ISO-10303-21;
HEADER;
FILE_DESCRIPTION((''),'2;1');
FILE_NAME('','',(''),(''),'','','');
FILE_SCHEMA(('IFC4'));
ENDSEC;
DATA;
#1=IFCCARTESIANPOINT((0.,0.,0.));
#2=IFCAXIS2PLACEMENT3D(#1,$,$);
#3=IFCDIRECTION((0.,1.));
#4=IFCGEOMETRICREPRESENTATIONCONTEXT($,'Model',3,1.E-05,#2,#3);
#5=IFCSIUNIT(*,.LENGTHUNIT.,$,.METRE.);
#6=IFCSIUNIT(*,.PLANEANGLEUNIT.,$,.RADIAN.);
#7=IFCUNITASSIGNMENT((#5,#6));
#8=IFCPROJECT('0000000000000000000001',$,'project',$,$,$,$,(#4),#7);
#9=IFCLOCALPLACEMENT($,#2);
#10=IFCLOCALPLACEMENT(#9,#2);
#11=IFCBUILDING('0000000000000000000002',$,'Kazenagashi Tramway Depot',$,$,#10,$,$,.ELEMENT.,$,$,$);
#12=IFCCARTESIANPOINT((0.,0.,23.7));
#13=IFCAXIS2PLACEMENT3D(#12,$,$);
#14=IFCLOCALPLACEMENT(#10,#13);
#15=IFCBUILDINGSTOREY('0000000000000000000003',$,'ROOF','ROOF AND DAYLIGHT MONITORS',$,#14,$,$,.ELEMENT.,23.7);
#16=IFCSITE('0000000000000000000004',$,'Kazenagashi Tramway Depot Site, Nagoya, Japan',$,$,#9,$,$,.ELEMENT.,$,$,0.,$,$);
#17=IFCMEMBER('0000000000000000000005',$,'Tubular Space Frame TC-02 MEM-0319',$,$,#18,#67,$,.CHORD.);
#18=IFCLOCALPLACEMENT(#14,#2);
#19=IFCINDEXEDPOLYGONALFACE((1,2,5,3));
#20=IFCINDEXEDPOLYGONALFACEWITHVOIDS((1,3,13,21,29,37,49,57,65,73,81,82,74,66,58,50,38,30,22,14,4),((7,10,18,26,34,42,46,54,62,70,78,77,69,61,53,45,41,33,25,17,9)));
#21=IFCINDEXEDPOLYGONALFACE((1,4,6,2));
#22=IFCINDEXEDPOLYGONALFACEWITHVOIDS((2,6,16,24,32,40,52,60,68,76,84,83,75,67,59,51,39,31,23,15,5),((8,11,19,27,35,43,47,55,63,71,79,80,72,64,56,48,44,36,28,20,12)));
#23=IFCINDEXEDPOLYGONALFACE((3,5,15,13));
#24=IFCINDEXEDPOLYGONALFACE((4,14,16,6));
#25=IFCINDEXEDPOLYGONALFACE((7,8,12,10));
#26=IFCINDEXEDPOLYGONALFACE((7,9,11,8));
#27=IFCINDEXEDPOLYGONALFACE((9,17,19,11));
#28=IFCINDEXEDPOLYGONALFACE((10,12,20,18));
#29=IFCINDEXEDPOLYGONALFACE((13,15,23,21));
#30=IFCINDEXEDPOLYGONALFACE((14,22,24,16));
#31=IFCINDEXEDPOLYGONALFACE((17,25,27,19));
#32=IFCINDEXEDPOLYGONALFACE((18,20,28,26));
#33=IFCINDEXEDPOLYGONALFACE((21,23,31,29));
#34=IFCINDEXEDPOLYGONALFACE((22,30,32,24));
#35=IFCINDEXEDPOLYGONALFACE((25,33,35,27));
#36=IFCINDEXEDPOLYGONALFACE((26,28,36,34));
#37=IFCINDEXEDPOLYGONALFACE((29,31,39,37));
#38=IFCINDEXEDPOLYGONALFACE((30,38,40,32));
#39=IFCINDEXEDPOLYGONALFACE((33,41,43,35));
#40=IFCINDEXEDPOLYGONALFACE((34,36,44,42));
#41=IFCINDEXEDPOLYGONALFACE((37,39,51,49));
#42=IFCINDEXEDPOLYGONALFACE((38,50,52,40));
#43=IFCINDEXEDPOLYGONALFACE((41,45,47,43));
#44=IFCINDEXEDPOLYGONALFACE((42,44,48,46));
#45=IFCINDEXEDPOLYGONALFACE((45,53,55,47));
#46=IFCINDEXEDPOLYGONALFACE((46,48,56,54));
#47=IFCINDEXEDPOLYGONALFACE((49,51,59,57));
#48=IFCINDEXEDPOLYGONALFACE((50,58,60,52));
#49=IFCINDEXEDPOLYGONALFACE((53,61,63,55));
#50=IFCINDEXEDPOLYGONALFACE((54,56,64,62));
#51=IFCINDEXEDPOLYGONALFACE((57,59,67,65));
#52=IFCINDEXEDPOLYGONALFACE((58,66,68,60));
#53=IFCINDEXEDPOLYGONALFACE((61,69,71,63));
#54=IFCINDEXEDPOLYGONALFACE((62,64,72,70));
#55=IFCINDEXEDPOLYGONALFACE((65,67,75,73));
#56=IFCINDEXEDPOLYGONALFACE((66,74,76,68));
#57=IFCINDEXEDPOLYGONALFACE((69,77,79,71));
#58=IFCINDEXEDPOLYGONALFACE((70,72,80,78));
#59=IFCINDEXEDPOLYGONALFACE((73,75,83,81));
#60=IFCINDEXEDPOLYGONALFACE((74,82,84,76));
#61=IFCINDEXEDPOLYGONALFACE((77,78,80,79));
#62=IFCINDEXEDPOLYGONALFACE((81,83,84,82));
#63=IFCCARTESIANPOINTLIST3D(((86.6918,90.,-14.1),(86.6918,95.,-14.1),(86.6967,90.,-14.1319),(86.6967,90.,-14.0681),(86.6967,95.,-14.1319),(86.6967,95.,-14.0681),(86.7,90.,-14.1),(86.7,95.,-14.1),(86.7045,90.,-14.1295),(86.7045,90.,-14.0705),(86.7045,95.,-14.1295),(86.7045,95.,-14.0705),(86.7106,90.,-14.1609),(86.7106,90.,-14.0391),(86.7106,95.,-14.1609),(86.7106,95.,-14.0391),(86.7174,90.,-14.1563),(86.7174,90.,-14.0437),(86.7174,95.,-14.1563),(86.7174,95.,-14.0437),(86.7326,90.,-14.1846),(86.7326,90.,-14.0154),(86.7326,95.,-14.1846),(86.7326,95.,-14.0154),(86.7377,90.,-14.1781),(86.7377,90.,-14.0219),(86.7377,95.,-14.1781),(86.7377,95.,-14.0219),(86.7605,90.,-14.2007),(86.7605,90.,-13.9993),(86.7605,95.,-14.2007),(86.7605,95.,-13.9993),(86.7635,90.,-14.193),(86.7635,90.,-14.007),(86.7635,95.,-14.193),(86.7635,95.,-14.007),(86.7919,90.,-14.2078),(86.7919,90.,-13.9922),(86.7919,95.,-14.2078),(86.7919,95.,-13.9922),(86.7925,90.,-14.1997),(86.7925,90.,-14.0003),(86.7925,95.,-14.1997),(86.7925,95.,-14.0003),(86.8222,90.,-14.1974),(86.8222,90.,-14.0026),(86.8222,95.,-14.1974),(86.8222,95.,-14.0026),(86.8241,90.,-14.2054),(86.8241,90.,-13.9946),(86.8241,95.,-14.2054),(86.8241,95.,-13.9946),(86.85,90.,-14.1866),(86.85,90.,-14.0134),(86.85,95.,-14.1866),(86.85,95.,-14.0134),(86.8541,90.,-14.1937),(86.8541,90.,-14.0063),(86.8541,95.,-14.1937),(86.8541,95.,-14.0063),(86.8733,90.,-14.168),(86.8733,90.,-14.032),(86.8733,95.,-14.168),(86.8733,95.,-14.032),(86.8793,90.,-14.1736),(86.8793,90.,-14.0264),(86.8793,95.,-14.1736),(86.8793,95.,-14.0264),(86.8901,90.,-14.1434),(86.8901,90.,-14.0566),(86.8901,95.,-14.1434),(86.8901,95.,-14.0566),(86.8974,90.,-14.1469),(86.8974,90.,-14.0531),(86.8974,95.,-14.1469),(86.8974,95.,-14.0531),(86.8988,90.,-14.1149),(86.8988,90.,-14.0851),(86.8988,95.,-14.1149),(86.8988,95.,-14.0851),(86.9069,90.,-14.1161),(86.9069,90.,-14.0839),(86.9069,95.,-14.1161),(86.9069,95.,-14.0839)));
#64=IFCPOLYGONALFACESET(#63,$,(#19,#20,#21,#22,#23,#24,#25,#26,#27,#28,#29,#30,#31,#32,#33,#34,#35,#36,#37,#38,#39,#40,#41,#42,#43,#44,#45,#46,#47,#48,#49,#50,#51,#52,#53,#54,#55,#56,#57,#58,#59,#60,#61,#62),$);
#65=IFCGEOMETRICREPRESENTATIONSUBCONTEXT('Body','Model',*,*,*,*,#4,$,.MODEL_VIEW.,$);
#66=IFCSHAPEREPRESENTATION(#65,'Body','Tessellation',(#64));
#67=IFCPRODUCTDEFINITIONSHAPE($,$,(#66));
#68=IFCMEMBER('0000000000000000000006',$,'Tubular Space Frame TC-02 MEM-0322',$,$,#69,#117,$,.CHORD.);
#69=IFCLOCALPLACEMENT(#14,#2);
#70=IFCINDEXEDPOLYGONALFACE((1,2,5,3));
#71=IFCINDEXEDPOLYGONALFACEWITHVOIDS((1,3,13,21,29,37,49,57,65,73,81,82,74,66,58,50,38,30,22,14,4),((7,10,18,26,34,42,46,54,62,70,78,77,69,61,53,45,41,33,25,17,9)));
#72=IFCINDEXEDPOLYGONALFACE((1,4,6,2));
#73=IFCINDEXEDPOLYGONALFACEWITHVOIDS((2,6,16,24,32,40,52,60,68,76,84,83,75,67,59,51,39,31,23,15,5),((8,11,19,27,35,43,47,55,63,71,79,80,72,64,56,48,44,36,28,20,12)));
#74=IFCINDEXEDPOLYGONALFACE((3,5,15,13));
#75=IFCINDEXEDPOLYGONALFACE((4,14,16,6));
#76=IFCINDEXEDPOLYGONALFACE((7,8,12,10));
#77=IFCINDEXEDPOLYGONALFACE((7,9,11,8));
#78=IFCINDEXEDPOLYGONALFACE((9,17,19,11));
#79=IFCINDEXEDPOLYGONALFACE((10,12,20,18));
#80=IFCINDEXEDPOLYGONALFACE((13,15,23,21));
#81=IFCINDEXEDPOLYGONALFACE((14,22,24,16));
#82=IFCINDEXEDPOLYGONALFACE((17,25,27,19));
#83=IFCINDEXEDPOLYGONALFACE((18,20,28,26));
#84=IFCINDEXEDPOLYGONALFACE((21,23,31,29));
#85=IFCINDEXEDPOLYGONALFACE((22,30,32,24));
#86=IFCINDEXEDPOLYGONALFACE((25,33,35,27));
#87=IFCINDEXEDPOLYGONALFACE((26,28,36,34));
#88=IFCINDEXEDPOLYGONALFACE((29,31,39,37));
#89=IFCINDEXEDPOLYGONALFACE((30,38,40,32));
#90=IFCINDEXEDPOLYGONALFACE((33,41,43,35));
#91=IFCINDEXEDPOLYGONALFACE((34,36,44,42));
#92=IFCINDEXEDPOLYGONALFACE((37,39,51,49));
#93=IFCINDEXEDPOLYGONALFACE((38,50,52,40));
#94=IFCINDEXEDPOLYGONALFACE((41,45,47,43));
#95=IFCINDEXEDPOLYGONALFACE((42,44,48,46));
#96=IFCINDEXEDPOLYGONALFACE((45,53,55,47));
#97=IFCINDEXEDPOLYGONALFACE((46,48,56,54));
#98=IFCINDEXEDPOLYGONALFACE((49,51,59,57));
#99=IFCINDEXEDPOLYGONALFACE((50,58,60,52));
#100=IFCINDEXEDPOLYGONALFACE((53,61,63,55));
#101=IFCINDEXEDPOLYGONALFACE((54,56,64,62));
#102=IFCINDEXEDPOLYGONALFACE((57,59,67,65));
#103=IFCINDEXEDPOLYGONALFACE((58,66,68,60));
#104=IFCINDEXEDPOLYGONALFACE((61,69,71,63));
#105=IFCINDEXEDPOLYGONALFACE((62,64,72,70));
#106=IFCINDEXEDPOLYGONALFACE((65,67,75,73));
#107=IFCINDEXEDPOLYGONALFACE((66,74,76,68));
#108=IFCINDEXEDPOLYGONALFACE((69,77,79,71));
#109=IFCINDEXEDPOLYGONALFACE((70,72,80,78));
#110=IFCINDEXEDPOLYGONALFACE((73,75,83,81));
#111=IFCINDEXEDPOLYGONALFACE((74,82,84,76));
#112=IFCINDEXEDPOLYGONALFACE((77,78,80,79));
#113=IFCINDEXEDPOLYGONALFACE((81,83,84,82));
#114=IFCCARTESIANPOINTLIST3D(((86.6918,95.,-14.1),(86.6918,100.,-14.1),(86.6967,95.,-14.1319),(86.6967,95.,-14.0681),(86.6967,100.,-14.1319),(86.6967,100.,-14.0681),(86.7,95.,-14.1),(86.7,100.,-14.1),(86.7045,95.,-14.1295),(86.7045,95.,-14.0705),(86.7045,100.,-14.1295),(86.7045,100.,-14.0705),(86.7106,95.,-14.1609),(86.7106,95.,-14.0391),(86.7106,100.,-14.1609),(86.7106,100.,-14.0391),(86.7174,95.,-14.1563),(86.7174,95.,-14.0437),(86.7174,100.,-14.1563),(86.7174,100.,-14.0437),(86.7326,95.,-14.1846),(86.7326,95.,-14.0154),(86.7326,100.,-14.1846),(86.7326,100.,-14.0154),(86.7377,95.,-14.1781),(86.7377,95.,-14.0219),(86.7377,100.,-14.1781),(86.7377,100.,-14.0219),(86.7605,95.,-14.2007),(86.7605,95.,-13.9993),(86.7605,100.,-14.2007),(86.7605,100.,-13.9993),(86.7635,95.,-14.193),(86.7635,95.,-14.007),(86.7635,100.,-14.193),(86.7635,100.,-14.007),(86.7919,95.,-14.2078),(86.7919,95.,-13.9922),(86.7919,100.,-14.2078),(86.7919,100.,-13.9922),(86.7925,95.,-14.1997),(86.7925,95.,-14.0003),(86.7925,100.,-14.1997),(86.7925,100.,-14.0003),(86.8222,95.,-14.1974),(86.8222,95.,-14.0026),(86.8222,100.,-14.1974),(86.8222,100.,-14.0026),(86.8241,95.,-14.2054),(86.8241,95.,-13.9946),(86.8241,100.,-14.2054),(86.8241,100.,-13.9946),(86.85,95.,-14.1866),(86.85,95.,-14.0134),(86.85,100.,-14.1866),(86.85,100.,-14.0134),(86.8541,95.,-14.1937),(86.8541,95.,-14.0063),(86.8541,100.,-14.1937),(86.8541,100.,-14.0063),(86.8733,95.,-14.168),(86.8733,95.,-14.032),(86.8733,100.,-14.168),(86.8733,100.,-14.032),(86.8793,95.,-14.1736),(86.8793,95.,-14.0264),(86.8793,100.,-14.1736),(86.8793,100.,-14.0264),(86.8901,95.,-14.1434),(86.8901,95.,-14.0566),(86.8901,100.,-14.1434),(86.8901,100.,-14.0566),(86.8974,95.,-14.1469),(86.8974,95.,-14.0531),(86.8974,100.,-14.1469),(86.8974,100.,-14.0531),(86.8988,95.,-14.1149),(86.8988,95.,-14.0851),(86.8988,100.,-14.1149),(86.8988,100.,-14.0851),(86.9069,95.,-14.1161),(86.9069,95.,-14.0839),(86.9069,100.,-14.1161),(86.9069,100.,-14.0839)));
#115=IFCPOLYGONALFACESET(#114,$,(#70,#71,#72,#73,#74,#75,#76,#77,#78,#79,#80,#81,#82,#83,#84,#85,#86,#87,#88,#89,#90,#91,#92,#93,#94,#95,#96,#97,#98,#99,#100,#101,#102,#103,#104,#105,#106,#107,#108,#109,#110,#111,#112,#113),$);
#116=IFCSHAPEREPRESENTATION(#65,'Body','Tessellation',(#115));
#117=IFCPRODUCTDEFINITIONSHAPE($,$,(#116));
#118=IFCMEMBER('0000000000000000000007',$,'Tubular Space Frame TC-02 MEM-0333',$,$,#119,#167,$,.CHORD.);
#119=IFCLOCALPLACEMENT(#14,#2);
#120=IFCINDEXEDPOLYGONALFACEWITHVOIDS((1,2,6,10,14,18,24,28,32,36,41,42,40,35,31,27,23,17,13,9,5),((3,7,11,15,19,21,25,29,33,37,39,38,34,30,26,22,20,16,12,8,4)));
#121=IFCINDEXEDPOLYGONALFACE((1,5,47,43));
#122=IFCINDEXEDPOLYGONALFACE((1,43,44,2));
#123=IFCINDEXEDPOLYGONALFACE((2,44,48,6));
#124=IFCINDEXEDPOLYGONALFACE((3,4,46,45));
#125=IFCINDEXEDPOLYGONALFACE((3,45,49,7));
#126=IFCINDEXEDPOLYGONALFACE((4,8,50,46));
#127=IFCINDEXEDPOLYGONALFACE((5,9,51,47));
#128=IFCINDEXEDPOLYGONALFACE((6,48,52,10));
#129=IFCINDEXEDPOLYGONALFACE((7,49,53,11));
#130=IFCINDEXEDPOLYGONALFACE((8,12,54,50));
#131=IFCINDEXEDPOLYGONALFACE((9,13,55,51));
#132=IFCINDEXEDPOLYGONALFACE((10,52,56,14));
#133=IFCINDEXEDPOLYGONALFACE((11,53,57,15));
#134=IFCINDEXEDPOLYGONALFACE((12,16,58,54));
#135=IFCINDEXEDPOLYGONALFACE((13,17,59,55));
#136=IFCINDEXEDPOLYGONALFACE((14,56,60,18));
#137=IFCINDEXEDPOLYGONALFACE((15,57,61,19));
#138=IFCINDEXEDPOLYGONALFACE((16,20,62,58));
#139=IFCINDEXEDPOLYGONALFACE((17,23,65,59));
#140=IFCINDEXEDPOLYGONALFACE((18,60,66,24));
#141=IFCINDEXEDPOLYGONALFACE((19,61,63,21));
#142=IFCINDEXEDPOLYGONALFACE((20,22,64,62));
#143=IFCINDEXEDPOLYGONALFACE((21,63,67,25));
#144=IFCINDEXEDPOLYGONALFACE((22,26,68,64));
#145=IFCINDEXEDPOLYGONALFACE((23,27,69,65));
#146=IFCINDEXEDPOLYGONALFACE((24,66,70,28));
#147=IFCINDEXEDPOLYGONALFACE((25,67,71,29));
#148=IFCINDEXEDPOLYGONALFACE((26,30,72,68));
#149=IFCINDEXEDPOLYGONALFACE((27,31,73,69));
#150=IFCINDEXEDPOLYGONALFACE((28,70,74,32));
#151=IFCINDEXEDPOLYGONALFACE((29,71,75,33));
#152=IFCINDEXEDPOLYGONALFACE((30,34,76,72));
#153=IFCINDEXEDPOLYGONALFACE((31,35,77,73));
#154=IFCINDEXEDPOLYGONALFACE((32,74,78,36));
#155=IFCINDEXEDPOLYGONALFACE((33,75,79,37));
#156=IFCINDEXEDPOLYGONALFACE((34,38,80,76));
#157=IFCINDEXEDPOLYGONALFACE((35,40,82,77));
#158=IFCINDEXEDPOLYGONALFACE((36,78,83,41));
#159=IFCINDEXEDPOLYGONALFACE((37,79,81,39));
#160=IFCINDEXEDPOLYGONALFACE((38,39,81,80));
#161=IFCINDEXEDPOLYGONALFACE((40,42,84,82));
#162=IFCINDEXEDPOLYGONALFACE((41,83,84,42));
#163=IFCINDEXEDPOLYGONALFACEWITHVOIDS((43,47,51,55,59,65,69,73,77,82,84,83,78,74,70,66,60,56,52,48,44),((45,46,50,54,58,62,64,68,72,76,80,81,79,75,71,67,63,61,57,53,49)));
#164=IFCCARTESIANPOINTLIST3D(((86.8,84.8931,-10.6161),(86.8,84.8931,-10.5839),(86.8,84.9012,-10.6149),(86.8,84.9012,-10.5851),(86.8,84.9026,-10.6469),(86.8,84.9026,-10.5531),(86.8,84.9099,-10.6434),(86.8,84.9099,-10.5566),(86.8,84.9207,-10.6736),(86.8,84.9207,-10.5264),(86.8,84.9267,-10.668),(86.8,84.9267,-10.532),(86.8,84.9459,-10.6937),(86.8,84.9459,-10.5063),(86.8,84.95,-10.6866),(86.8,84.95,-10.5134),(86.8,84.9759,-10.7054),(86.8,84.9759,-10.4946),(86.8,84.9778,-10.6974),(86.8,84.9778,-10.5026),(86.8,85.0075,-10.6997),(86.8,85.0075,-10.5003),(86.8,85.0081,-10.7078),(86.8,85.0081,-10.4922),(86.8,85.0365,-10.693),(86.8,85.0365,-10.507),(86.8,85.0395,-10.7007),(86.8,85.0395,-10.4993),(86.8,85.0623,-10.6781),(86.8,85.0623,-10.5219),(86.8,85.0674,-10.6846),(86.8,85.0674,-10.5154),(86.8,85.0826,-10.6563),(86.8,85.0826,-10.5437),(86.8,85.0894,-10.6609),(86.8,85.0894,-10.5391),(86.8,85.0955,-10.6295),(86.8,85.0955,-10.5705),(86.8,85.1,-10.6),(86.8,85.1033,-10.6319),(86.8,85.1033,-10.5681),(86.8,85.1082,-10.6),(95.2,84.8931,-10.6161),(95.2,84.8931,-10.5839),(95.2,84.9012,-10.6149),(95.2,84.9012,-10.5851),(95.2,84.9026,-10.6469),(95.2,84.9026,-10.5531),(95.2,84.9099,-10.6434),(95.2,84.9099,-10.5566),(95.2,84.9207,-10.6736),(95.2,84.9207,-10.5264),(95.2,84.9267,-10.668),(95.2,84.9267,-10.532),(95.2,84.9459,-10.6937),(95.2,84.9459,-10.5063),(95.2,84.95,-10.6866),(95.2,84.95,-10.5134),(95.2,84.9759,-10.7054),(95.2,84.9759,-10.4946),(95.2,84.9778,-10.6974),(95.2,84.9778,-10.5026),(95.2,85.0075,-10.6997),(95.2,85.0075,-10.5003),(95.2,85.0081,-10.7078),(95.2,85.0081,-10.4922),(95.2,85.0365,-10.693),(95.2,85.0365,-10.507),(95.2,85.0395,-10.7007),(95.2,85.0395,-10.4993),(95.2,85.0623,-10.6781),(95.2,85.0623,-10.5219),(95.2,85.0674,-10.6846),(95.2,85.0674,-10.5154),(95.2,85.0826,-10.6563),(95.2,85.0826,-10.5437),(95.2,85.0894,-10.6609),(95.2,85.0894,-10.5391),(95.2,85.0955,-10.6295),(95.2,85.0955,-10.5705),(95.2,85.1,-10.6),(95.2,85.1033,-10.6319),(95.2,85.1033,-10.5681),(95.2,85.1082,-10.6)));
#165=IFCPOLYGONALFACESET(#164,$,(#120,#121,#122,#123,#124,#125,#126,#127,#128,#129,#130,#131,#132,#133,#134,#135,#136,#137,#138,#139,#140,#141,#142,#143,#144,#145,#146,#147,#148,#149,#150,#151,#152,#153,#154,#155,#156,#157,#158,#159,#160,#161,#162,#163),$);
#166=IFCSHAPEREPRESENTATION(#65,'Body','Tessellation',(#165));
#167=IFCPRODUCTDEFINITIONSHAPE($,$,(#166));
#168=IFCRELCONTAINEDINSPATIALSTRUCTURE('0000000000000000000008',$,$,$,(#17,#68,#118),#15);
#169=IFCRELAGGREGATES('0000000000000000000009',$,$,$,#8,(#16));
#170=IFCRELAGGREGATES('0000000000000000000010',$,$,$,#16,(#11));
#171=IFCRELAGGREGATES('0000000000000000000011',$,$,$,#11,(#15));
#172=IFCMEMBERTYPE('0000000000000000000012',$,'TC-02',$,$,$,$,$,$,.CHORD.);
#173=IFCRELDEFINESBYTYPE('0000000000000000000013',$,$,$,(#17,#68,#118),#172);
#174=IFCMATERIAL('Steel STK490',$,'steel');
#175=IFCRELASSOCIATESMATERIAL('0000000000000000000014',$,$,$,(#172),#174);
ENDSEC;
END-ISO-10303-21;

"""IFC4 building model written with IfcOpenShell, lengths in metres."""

from ifc_helpers import new_model, si_unit, direction, frame, origin, origin_2d, place, context, subcontext, project, spatial, hollow_circle, extrude, material, material_profile, profile_set, type_object, element, save


model = new_model("IFC4")

# Units and contexts
model_context = context("Model", 3, precision=1e-05, world=origin(), true_north=direction((0.0, 1.0)))
body_context = subcontext(model_context, "Body", "Model", "MODEL_VIEW")
ifc_project = project(units=[si_unit("LENGTHUNIT", "METRE"), si_unit("PLANEANGLEUNIT", "RADIAN")], contexts=[model_context])

# Site, building, storey
site_placement = place(None, origin())
site = spatial("IfcSite", under=ifc_project, at=site_placement, Name="Kazenagashi Tramway Depot Site, Nagoya, Japan", CompositionType="ELEMENT", RefElevation=0.0)
building_placement = place(site_placement, origin())
building = spatial("IfcBuilding", under=site, at=building_placement, Name="Kazenagashi Tramway Depot", CompositionType="ELEMENT")
storey_placement = place(building_placement, frame((0.0, 0.0, 23.7)))
storey = spatial("IfcBuildingStorey", under=building, at=storey_placement, Name="ROOF", Description="ROOF AND DAYLIGHT MONITORS", CompositionType="ELEMENT", Elevation=23.7)

# Members
ifc_material_1 = material(Name="Steel STK490", Category="steel")
ifc_material_profile_1 = material_profile(ifc_material_1, hollow_circle(Radius=0.1081, WallThickness=0.0082, at=origin_2d()), Name="CHS-216.3x8.2")
ifc_profile_set_1 = profile_set([ifc_material_profile_1], Name="Steel STK490")
member_type_1 = type_object("IfcMemberType", Name="TC-02", PredefinedType="CHORD", material=ifc_profile_set_1)
for number, where, z_axis, x_axis, name in (
    (1, (86.8, 90.0, -14.1), (0.0, 1.0, 0.0), (-1.0, 0.0, 0.0), "Tubular Space Frame TC-02 MEM-0319"),
    (2, (86.8, 95.0, -14.1), (0.0, 1.0, 0.0), (-1.0, 0.0, 0.0), "Tubular Space Frame TC-02 MEM-0322"),
):
    element("IfcMember", number, at=place(storey_placement, frame(where, z_axis=z_axis, x_axis=x_axis)), inside=storey, type_object=member_type_1, Name=name, PredefinedType="CHORD", context=body_context, shape_type="SweptSolid", body=[
        extrude(hollow_circle(Radius=0.1081, WallThickness=0.0082, at=origin_2d()), origin(), (0.0, 0.0, 1.0), 5.0),
    ])
for number, where, z_axis, x_axis, name in (
    (3, (86.8, 85.0, -10.6), (1.0, 0.0, 0.0), (0.0, 1.0, 0.0), "Tubular Space Frame TC-02 MEM-0333"),
):
    element("IfcMember", number, at=place(storey_placement, frame(where, z_axis=z_axis, x_axis=x_axis)), inside=storey, type_object=member_type_1, Name=name, PredefinedType="CHORD", context=body_context, shape_type="SweptSolid", body=[
        extrude(hollow_circle(Radius=0.1081, WallThickness=0.0082, at=origin_2d()), origin(), (0.0, 0.0, 1.0), 8.4),
    ])

save(model, "model.ifc")
